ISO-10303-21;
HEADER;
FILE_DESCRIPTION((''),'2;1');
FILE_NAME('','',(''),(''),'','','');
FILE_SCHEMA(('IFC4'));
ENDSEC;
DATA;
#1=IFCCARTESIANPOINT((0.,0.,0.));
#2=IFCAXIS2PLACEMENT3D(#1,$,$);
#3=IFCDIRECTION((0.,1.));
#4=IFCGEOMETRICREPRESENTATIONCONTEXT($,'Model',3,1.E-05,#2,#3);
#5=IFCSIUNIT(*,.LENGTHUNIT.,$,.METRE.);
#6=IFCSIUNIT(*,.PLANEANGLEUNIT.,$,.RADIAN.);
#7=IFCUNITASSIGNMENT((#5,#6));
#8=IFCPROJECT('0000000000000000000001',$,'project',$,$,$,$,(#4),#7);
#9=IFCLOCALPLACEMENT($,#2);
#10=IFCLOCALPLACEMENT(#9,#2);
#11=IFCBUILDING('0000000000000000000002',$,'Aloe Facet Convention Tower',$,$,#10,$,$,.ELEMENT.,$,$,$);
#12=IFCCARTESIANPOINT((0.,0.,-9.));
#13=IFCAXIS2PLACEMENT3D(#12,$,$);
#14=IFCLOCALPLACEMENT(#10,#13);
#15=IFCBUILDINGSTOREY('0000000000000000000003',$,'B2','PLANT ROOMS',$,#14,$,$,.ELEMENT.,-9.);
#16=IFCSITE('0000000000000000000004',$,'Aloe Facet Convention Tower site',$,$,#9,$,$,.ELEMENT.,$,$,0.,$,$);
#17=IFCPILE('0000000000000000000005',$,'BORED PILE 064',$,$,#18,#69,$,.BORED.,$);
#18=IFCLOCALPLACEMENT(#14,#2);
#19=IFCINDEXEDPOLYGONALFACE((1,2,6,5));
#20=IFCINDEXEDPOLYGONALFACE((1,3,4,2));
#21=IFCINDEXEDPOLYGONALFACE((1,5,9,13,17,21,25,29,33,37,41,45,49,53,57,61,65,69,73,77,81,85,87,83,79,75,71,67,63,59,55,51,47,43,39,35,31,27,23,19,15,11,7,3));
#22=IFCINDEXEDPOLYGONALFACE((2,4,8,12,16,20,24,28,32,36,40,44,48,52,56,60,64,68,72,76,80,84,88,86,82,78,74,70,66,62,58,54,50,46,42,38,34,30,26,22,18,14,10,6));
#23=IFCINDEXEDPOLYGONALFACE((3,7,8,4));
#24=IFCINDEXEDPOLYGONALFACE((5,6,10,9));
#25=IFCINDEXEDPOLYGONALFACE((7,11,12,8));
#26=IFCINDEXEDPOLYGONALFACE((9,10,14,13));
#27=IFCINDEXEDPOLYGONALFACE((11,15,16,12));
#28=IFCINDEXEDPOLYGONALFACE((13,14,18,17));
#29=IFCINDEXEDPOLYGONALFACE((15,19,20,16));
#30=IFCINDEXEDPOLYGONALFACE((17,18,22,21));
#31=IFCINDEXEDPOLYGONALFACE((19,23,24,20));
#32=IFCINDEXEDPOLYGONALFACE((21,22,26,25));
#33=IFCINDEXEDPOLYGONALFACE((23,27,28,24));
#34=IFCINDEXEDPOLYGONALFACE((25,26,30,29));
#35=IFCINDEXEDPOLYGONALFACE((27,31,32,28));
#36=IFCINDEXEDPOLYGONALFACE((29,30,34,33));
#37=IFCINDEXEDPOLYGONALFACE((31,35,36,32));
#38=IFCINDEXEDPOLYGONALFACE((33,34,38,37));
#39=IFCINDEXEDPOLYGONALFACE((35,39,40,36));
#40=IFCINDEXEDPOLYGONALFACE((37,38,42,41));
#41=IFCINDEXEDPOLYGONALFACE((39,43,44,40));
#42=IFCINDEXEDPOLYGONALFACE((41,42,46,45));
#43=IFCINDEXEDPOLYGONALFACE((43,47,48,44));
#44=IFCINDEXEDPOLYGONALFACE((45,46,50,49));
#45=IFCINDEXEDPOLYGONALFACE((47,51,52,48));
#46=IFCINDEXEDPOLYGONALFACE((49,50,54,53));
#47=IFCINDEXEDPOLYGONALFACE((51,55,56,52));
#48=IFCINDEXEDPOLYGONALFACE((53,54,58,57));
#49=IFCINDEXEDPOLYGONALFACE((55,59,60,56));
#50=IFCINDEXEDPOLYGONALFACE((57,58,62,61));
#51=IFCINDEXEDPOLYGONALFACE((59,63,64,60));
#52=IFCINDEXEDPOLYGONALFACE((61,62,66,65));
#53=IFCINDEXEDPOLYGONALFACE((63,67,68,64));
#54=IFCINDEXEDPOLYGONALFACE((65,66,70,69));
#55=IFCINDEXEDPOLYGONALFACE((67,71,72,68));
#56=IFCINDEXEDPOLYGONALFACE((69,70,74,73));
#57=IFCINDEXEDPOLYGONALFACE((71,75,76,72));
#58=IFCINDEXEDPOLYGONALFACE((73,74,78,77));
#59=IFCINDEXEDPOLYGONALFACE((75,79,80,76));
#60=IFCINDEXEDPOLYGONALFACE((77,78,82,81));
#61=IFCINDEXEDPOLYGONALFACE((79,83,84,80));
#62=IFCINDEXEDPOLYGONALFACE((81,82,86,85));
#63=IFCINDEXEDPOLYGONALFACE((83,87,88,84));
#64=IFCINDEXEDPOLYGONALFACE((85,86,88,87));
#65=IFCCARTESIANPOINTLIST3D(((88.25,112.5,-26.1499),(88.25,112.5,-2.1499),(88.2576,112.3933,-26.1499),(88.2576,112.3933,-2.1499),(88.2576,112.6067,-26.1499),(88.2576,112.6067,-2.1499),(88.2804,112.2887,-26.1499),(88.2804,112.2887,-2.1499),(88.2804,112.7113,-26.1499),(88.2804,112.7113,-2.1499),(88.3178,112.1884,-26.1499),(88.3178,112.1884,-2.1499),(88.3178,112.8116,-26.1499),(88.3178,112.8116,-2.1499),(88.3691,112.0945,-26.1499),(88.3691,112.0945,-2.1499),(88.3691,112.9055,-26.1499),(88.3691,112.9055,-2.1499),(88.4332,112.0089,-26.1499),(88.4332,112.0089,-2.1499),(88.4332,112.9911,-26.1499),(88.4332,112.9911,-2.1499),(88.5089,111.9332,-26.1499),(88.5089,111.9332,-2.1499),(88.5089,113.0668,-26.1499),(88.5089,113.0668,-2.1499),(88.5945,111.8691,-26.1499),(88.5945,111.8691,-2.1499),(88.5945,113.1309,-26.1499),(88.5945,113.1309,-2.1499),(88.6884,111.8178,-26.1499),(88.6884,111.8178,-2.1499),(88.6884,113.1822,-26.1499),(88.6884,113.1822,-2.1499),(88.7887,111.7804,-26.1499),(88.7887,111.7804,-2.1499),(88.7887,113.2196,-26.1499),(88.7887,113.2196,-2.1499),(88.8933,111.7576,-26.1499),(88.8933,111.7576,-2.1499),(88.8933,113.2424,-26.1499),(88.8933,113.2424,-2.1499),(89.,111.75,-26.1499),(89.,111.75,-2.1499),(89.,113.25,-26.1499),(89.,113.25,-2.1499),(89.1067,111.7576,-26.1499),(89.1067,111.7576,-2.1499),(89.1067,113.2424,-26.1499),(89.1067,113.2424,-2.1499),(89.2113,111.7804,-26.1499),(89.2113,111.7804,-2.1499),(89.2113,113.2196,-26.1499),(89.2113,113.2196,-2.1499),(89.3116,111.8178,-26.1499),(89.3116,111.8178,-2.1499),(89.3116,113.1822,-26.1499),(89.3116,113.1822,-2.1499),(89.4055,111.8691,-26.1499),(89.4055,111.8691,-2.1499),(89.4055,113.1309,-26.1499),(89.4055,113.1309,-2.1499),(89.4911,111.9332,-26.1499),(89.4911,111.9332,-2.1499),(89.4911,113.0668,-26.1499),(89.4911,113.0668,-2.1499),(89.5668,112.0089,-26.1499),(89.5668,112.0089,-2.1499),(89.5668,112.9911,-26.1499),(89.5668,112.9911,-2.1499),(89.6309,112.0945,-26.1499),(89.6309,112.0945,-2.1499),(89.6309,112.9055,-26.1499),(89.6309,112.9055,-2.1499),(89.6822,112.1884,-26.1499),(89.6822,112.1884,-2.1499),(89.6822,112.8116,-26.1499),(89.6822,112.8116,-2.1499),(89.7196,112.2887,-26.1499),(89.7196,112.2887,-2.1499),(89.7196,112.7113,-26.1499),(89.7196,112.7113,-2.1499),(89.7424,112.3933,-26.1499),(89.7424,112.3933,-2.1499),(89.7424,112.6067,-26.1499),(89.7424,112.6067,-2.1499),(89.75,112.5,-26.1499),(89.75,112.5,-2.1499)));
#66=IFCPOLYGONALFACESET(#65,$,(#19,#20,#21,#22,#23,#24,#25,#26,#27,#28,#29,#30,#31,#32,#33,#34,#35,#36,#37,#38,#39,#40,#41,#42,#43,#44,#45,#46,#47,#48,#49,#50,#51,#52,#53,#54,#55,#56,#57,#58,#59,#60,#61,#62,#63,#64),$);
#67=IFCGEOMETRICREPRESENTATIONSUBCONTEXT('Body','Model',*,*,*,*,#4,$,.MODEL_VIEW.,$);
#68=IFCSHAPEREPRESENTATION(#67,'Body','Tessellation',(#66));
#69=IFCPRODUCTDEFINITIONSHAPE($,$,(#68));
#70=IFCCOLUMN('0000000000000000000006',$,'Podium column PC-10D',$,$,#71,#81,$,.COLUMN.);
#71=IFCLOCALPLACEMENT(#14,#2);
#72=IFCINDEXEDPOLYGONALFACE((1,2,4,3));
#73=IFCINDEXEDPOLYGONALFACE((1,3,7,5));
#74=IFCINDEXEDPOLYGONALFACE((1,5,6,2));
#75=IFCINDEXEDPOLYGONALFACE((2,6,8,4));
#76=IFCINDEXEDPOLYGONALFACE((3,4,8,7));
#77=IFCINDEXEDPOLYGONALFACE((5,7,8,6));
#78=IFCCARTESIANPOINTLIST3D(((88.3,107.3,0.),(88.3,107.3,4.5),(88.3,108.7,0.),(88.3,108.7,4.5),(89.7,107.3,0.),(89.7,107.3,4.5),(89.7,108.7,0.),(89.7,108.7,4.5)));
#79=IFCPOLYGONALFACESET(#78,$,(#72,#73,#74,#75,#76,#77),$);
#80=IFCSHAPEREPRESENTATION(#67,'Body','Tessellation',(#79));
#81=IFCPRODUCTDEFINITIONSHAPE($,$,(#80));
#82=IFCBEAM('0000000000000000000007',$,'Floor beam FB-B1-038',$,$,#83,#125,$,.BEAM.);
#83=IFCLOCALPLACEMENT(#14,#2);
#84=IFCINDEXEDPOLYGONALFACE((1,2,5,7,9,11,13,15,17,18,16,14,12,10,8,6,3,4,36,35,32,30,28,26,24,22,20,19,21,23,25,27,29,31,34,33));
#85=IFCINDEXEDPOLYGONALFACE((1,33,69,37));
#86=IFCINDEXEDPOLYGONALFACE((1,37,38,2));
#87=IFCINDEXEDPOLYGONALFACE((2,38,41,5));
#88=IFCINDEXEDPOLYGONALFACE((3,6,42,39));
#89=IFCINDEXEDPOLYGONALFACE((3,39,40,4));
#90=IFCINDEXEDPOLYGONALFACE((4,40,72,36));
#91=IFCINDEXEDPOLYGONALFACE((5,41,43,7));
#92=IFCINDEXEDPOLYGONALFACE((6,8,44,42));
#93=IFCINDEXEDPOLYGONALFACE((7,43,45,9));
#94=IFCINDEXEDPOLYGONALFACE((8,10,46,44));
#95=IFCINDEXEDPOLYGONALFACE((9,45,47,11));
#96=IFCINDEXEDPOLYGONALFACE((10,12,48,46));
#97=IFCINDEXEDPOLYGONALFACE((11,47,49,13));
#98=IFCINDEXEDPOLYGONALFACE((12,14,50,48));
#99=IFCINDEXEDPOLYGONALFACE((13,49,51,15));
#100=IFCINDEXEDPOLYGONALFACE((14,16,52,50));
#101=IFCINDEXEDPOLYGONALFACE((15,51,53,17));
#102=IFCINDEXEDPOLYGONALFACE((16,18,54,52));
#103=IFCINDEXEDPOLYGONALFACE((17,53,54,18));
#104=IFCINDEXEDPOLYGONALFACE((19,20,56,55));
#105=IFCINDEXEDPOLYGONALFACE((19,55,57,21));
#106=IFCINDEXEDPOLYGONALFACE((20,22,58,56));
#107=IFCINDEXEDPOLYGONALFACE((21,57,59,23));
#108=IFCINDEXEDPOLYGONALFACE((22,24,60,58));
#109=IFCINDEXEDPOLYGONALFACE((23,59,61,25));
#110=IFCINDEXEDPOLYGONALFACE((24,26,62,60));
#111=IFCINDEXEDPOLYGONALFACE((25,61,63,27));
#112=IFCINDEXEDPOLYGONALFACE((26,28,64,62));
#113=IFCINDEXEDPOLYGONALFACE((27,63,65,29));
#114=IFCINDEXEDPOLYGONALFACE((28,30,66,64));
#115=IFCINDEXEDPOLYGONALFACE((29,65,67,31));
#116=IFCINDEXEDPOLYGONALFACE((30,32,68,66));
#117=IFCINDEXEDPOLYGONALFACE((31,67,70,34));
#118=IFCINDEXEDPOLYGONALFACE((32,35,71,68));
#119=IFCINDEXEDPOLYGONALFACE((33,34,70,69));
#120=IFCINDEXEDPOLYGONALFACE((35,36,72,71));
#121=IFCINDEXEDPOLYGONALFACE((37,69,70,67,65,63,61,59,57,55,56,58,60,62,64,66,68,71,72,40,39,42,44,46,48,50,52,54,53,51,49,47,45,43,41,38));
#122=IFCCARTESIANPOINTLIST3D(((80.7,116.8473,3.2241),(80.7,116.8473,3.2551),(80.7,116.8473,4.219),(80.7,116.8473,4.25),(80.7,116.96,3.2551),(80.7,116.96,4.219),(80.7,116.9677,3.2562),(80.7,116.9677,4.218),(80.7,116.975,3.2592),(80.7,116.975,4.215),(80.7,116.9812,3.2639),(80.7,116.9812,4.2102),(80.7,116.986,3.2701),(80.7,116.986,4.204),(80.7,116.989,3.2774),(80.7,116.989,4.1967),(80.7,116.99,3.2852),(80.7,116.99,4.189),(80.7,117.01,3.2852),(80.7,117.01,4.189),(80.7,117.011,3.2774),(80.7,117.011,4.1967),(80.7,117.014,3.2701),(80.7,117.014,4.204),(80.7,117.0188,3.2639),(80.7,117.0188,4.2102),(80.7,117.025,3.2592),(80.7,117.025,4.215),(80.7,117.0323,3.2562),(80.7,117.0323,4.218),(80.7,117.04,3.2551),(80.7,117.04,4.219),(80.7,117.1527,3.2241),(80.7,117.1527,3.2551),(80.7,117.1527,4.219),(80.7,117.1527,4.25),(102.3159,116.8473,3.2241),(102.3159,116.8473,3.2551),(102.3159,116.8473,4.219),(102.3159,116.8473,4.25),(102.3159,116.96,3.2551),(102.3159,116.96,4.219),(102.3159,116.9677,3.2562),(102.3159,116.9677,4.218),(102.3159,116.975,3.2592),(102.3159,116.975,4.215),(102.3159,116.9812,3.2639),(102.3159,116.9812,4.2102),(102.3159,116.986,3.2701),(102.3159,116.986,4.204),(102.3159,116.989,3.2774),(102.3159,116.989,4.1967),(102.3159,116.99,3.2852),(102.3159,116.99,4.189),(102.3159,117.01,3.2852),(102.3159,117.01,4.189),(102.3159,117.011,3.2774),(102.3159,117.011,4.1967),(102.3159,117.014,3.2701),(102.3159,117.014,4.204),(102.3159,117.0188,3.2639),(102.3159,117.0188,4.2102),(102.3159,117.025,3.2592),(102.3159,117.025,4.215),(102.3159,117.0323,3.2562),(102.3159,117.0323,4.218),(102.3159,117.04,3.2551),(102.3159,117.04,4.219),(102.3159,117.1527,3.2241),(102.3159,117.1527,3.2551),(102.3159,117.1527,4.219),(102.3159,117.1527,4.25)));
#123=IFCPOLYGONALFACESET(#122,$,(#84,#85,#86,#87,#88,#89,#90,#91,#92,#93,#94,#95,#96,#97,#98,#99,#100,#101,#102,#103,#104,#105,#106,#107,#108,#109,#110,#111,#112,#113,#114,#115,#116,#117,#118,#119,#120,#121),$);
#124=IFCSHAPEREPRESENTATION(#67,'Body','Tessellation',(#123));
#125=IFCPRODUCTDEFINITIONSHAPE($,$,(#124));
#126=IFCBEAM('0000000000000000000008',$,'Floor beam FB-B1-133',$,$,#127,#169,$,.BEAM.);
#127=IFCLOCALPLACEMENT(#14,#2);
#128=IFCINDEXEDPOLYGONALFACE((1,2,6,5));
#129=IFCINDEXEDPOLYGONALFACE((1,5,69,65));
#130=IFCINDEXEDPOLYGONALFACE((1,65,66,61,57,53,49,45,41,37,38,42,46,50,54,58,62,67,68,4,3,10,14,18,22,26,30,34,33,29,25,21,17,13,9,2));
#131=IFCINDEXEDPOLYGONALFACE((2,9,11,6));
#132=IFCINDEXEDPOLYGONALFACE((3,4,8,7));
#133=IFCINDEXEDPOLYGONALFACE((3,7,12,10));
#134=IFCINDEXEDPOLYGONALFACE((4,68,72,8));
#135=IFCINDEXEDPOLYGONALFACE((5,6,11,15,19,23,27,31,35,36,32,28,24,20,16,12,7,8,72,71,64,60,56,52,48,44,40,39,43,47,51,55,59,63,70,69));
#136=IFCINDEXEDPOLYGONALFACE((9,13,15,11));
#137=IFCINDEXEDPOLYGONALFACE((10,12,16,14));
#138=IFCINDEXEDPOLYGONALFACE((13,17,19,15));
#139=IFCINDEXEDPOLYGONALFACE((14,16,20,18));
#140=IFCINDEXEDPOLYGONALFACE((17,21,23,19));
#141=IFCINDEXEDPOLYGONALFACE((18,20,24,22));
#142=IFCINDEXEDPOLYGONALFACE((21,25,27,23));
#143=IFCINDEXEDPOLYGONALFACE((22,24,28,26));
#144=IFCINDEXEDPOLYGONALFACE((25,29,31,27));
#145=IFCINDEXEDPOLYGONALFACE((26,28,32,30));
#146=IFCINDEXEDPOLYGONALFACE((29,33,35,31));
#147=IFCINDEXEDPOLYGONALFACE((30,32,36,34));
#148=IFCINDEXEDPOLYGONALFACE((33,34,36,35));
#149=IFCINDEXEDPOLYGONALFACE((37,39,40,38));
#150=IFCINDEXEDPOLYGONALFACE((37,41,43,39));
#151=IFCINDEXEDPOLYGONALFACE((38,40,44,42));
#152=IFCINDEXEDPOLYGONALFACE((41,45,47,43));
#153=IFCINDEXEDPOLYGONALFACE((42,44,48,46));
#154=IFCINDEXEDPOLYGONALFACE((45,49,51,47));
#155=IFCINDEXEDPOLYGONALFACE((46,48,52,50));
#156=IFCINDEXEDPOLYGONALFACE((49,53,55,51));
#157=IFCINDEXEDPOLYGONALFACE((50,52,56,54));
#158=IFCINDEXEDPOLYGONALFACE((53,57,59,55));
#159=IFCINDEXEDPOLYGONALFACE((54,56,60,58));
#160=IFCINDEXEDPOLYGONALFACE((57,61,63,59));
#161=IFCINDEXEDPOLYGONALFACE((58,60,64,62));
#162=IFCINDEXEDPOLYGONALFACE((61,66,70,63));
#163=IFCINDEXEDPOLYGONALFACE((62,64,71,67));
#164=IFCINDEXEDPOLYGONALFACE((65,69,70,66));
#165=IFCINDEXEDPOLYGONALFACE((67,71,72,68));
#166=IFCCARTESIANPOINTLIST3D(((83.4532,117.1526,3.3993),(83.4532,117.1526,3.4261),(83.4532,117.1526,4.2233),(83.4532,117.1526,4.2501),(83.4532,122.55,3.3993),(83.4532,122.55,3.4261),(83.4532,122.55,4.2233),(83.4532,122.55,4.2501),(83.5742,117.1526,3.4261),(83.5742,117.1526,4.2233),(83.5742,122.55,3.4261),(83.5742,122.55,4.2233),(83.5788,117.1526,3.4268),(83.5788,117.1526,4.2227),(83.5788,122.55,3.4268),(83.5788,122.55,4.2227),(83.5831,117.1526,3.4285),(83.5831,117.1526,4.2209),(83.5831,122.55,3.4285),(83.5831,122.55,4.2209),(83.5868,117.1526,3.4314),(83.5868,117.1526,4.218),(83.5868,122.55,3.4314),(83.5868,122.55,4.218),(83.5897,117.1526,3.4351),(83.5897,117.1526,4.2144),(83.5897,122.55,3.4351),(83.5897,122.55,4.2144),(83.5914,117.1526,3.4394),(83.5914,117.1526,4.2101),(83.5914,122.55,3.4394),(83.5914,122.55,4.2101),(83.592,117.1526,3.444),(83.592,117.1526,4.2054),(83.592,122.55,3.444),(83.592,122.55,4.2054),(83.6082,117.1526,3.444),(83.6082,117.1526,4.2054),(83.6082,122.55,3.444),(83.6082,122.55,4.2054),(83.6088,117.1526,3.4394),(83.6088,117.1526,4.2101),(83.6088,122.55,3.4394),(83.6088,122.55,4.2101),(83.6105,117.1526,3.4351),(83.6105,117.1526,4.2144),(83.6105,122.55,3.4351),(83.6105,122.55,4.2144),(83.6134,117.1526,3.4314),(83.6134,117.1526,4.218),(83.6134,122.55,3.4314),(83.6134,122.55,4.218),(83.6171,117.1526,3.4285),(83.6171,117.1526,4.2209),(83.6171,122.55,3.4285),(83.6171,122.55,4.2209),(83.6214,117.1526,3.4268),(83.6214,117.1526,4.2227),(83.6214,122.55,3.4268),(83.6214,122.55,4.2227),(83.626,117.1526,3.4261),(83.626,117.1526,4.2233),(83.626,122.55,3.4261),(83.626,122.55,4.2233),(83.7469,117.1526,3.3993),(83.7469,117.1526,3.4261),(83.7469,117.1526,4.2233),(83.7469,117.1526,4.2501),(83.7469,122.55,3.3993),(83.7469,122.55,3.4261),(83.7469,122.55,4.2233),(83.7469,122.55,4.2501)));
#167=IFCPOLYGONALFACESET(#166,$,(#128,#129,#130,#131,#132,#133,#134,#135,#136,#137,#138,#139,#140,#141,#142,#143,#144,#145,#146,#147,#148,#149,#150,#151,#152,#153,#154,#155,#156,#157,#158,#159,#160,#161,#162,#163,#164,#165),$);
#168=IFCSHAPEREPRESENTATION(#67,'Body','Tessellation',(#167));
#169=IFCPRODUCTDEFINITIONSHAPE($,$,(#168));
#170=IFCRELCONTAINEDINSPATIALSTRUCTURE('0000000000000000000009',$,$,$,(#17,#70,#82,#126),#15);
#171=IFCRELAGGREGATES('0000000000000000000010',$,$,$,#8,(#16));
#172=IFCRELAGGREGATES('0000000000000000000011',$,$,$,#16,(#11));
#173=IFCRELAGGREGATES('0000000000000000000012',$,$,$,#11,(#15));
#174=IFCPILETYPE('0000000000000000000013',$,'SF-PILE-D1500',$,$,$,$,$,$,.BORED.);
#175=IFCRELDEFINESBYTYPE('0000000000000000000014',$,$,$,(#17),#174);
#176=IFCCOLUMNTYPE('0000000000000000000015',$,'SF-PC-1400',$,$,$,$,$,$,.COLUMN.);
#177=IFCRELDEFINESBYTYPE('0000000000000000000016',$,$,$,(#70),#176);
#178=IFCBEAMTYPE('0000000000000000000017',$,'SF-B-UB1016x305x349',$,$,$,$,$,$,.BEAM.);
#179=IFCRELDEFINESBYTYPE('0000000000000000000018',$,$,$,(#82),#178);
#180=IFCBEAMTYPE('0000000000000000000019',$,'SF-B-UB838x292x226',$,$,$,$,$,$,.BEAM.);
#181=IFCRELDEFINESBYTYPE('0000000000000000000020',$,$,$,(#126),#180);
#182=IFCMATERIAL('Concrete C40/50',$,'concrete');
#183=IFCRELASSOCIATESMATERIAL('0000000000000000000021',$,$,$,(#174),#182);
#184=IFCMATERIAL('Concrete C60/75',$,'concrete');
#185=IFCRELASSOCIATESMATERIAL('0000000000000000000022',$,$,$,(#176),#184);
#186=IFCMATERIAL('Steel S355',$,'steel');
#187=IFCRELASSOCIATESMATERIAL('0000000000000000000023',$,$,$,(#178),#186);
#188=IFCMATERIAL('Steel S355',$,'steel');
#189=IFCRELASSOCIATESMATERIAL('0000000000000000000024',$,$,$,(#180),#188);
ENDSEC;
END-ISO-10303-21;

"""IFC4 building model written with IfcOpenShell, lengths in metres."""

from ifc_helpers import new_model, si_unit, direction, frame, origin, origin_2d, place, context, subcontext, project, spatial, rectangle, circle, i_section, extrude, material, material_profile, profile_set, type_object, element, save


model = new_model("IFC4")

# Units and contexts
model_context = context("Model", 3, precision=1e-05, world=origin(), true_north=direction((0.0, 1.0)))
body_context = subcontext(model_context, "Body", "Model", "MODEL_VIEW")
ifc_project = project(units=[si_unit("LENGTHUNIT", "METRE"), si_unit("PLANEANGLEUNIT", "RADIAN")], contexts=[model_context])

# Site, building, storey
site_placement = place(None, origin())
site = spatial("IfcSite", under=ifc_project, at=site_placement, Name="Aloe Facet Convention Tower site", CompositionType="ELEMENT", RefElevation=0.0)
building_placement = place(site_placement, origin())
building = spatial("IfcBuilding", under=site, at=building_placement, Name="Aloe Facet Convention Tower", CompositionType="ELEMENT")
storey_placement = place(building_placement, frame((0.0, 0.0, -9.0)))
storey = spatial("IfcBuildingStorey", under=building, at=storey_placement, Name="B2", Description="PLANT ROOMS", CompositionType="ELEMENT", Elevation=-9.0)

# Pile
ifc_material_1 = material(Name="Concrete C40/50", Category="concrete")
ifc_material_profile_1 = material_profile(ifc_material_1, circle(Radius=0.75, at=origin_2d()), Name="D1500")
ifc_profile_set_1 = profile_set([ifc_material_profile_1], Name="Concrete C40/50")
pile_type = type_object("IfcPileType", Name="SF-PILE-D1500", PredefinedType="BORED", material=ifc_profile_set_1)
for number, where, z_axis, x_axis, name in (
    (1, (89.0, 112.5, -2.1499), (0.0, 0.0, -1.0), (1.0, 0.0, 0.0), "BORED PILE 064"),
):
    element("IfcPile", number, at=place(storey_placement, frame(where, z_axis=z_axis, x_axis=x_axis)), inside=storey, type_object=pile_type, Name=name, PredefinedType="BORED", context=body_context, shape_type="SweptSolid", body=[
        extrude(circle(Radius=0.75, at=origin_2d()), origin(), (0.0, 0.0, 1.0), 24.0),
    ])

# Column
ifc_material_2 = material(Name="Concrete C60/75", Category="concrete")
ifc_material_profile_2 = material_profile(ifc_material_2, rectangle(XDim=1.3999, YDim=1.3999, at=origin_2d()), Name="SF-PC-1400")
ifc_profile_set_2 = profile_set([ifc_material_profile_2], Name="Concrete C60/75")
column_type = type_object("IfcColumnType", Name="SF-PC-1400", PredefinedType="COLUMN", material=ifc_profile_set_2)
column_placement = place(storey_placement, frame((89.0, 108.0, 0.0), z_axis=(0.0, 0.0, 1.0), x_axis=(1.0, 0.0, 0.0)))
element("IfcColumn", 2, at=column_placement, inside=storey, type_object=column_type, Name="Podium column PC-10D", PredefinedType="COLUMN", context=body_context, shape_type="SweptSolid", body=[
    extrude(rectangle(XDim=1.3999, YDim=1.3999, at=origin_2d()), origin(), (0.0, 0.0, 1.0), 4.5),
])

# Beams
ifc_material_3 = material(Name="Steel S355", Category="steel")
ifc_material_profile_3 = material_profile(ifc_material_3, i_section(OverallWidth=0.3054, OverallDepth=1.0259, WebThickness=0.02, FlangeThickness=0.031, FilletRadius=0.03, at=origin_2d()), Name="UB 1016x305x349")
ifc_profile_set_3 = profile_set([ifc_material_profile_3], Name="Steel S355")
beam_type_1 = type_object("IfcBeamType", Name="SF-B-UB1016x305x349", PredefinedType="BEAM", material=ifc_profile_set_3)
beam_placement = place(storey_placement, frame((80.7, 117.0, 3.7371), z_axis=(1.0, 0.0, 0.0), x_axis=(0.0, 1.0, 0.0)))
element("IfcBeam", 3, at=beam_placement, inside=storey, type_object=beam_type_1, Name="Floor beam FB-B1-038", PredefinedType="BEAM", context=body_context, shape_type="SweptSolid", body=[
    extrude(i_section(OverallWidth=0.3054, OverallDepth=1.0259, WebThickness=0.02, FlangeThickness=0.031, FilletRadius=0.03, at=origin_2d()), origin(), (0.0, 0.0, 1.0), 21.616),
])
ifc_material_4 = material(Name="Steel S355", Category="steel")
ifc_material_profile_4 = material_profile(ifc_material_4, i_section(OverallWidth=0.2937, OverallDepth=0.8508, WebThickness=0.0161, FlangeThickness=0.0269, FilletRadius=0.0178, at=origin_2d()), Name="UB 838x292x226")
ifc_profile_set_4 = profile_set([ifc_material_profile_4], Name="Steel S355")
beam_type_2 = type_object("IfcBeamType", Name="SF-B-UB838x292x226", PredefinedType="BEAM", material=ifc_profile_set_4)
for number, where, z_axis, x_axis, name in (
    (4, (83.6001, 117.1526, 3.8247), (0.0, 1.0, 0.0), (-1.0, 0.0, 0.0), "Floor beam FB-B1-133"),
):
    element("IfcBeam", number, at=place(storey_placement, frame(where, z_axis=z_axis, x_axis=x_axis)), inside=storey, type_object=beam_type_2, Name=name, PredefinedType="BEAM", context=body_context, shape_type="SweptSolid", body=[
        extrude(i_section(OverallWidth=0.2937, OverallDepth=0.8508, WebThickness=0.0161, FlangeThickness=0.0269, FilletRadius=0.0178, at=origin_2d()), origin(), (0.0, 0.0, 1.0), 5.3975),
    ])

save(model, "model.ifc")
